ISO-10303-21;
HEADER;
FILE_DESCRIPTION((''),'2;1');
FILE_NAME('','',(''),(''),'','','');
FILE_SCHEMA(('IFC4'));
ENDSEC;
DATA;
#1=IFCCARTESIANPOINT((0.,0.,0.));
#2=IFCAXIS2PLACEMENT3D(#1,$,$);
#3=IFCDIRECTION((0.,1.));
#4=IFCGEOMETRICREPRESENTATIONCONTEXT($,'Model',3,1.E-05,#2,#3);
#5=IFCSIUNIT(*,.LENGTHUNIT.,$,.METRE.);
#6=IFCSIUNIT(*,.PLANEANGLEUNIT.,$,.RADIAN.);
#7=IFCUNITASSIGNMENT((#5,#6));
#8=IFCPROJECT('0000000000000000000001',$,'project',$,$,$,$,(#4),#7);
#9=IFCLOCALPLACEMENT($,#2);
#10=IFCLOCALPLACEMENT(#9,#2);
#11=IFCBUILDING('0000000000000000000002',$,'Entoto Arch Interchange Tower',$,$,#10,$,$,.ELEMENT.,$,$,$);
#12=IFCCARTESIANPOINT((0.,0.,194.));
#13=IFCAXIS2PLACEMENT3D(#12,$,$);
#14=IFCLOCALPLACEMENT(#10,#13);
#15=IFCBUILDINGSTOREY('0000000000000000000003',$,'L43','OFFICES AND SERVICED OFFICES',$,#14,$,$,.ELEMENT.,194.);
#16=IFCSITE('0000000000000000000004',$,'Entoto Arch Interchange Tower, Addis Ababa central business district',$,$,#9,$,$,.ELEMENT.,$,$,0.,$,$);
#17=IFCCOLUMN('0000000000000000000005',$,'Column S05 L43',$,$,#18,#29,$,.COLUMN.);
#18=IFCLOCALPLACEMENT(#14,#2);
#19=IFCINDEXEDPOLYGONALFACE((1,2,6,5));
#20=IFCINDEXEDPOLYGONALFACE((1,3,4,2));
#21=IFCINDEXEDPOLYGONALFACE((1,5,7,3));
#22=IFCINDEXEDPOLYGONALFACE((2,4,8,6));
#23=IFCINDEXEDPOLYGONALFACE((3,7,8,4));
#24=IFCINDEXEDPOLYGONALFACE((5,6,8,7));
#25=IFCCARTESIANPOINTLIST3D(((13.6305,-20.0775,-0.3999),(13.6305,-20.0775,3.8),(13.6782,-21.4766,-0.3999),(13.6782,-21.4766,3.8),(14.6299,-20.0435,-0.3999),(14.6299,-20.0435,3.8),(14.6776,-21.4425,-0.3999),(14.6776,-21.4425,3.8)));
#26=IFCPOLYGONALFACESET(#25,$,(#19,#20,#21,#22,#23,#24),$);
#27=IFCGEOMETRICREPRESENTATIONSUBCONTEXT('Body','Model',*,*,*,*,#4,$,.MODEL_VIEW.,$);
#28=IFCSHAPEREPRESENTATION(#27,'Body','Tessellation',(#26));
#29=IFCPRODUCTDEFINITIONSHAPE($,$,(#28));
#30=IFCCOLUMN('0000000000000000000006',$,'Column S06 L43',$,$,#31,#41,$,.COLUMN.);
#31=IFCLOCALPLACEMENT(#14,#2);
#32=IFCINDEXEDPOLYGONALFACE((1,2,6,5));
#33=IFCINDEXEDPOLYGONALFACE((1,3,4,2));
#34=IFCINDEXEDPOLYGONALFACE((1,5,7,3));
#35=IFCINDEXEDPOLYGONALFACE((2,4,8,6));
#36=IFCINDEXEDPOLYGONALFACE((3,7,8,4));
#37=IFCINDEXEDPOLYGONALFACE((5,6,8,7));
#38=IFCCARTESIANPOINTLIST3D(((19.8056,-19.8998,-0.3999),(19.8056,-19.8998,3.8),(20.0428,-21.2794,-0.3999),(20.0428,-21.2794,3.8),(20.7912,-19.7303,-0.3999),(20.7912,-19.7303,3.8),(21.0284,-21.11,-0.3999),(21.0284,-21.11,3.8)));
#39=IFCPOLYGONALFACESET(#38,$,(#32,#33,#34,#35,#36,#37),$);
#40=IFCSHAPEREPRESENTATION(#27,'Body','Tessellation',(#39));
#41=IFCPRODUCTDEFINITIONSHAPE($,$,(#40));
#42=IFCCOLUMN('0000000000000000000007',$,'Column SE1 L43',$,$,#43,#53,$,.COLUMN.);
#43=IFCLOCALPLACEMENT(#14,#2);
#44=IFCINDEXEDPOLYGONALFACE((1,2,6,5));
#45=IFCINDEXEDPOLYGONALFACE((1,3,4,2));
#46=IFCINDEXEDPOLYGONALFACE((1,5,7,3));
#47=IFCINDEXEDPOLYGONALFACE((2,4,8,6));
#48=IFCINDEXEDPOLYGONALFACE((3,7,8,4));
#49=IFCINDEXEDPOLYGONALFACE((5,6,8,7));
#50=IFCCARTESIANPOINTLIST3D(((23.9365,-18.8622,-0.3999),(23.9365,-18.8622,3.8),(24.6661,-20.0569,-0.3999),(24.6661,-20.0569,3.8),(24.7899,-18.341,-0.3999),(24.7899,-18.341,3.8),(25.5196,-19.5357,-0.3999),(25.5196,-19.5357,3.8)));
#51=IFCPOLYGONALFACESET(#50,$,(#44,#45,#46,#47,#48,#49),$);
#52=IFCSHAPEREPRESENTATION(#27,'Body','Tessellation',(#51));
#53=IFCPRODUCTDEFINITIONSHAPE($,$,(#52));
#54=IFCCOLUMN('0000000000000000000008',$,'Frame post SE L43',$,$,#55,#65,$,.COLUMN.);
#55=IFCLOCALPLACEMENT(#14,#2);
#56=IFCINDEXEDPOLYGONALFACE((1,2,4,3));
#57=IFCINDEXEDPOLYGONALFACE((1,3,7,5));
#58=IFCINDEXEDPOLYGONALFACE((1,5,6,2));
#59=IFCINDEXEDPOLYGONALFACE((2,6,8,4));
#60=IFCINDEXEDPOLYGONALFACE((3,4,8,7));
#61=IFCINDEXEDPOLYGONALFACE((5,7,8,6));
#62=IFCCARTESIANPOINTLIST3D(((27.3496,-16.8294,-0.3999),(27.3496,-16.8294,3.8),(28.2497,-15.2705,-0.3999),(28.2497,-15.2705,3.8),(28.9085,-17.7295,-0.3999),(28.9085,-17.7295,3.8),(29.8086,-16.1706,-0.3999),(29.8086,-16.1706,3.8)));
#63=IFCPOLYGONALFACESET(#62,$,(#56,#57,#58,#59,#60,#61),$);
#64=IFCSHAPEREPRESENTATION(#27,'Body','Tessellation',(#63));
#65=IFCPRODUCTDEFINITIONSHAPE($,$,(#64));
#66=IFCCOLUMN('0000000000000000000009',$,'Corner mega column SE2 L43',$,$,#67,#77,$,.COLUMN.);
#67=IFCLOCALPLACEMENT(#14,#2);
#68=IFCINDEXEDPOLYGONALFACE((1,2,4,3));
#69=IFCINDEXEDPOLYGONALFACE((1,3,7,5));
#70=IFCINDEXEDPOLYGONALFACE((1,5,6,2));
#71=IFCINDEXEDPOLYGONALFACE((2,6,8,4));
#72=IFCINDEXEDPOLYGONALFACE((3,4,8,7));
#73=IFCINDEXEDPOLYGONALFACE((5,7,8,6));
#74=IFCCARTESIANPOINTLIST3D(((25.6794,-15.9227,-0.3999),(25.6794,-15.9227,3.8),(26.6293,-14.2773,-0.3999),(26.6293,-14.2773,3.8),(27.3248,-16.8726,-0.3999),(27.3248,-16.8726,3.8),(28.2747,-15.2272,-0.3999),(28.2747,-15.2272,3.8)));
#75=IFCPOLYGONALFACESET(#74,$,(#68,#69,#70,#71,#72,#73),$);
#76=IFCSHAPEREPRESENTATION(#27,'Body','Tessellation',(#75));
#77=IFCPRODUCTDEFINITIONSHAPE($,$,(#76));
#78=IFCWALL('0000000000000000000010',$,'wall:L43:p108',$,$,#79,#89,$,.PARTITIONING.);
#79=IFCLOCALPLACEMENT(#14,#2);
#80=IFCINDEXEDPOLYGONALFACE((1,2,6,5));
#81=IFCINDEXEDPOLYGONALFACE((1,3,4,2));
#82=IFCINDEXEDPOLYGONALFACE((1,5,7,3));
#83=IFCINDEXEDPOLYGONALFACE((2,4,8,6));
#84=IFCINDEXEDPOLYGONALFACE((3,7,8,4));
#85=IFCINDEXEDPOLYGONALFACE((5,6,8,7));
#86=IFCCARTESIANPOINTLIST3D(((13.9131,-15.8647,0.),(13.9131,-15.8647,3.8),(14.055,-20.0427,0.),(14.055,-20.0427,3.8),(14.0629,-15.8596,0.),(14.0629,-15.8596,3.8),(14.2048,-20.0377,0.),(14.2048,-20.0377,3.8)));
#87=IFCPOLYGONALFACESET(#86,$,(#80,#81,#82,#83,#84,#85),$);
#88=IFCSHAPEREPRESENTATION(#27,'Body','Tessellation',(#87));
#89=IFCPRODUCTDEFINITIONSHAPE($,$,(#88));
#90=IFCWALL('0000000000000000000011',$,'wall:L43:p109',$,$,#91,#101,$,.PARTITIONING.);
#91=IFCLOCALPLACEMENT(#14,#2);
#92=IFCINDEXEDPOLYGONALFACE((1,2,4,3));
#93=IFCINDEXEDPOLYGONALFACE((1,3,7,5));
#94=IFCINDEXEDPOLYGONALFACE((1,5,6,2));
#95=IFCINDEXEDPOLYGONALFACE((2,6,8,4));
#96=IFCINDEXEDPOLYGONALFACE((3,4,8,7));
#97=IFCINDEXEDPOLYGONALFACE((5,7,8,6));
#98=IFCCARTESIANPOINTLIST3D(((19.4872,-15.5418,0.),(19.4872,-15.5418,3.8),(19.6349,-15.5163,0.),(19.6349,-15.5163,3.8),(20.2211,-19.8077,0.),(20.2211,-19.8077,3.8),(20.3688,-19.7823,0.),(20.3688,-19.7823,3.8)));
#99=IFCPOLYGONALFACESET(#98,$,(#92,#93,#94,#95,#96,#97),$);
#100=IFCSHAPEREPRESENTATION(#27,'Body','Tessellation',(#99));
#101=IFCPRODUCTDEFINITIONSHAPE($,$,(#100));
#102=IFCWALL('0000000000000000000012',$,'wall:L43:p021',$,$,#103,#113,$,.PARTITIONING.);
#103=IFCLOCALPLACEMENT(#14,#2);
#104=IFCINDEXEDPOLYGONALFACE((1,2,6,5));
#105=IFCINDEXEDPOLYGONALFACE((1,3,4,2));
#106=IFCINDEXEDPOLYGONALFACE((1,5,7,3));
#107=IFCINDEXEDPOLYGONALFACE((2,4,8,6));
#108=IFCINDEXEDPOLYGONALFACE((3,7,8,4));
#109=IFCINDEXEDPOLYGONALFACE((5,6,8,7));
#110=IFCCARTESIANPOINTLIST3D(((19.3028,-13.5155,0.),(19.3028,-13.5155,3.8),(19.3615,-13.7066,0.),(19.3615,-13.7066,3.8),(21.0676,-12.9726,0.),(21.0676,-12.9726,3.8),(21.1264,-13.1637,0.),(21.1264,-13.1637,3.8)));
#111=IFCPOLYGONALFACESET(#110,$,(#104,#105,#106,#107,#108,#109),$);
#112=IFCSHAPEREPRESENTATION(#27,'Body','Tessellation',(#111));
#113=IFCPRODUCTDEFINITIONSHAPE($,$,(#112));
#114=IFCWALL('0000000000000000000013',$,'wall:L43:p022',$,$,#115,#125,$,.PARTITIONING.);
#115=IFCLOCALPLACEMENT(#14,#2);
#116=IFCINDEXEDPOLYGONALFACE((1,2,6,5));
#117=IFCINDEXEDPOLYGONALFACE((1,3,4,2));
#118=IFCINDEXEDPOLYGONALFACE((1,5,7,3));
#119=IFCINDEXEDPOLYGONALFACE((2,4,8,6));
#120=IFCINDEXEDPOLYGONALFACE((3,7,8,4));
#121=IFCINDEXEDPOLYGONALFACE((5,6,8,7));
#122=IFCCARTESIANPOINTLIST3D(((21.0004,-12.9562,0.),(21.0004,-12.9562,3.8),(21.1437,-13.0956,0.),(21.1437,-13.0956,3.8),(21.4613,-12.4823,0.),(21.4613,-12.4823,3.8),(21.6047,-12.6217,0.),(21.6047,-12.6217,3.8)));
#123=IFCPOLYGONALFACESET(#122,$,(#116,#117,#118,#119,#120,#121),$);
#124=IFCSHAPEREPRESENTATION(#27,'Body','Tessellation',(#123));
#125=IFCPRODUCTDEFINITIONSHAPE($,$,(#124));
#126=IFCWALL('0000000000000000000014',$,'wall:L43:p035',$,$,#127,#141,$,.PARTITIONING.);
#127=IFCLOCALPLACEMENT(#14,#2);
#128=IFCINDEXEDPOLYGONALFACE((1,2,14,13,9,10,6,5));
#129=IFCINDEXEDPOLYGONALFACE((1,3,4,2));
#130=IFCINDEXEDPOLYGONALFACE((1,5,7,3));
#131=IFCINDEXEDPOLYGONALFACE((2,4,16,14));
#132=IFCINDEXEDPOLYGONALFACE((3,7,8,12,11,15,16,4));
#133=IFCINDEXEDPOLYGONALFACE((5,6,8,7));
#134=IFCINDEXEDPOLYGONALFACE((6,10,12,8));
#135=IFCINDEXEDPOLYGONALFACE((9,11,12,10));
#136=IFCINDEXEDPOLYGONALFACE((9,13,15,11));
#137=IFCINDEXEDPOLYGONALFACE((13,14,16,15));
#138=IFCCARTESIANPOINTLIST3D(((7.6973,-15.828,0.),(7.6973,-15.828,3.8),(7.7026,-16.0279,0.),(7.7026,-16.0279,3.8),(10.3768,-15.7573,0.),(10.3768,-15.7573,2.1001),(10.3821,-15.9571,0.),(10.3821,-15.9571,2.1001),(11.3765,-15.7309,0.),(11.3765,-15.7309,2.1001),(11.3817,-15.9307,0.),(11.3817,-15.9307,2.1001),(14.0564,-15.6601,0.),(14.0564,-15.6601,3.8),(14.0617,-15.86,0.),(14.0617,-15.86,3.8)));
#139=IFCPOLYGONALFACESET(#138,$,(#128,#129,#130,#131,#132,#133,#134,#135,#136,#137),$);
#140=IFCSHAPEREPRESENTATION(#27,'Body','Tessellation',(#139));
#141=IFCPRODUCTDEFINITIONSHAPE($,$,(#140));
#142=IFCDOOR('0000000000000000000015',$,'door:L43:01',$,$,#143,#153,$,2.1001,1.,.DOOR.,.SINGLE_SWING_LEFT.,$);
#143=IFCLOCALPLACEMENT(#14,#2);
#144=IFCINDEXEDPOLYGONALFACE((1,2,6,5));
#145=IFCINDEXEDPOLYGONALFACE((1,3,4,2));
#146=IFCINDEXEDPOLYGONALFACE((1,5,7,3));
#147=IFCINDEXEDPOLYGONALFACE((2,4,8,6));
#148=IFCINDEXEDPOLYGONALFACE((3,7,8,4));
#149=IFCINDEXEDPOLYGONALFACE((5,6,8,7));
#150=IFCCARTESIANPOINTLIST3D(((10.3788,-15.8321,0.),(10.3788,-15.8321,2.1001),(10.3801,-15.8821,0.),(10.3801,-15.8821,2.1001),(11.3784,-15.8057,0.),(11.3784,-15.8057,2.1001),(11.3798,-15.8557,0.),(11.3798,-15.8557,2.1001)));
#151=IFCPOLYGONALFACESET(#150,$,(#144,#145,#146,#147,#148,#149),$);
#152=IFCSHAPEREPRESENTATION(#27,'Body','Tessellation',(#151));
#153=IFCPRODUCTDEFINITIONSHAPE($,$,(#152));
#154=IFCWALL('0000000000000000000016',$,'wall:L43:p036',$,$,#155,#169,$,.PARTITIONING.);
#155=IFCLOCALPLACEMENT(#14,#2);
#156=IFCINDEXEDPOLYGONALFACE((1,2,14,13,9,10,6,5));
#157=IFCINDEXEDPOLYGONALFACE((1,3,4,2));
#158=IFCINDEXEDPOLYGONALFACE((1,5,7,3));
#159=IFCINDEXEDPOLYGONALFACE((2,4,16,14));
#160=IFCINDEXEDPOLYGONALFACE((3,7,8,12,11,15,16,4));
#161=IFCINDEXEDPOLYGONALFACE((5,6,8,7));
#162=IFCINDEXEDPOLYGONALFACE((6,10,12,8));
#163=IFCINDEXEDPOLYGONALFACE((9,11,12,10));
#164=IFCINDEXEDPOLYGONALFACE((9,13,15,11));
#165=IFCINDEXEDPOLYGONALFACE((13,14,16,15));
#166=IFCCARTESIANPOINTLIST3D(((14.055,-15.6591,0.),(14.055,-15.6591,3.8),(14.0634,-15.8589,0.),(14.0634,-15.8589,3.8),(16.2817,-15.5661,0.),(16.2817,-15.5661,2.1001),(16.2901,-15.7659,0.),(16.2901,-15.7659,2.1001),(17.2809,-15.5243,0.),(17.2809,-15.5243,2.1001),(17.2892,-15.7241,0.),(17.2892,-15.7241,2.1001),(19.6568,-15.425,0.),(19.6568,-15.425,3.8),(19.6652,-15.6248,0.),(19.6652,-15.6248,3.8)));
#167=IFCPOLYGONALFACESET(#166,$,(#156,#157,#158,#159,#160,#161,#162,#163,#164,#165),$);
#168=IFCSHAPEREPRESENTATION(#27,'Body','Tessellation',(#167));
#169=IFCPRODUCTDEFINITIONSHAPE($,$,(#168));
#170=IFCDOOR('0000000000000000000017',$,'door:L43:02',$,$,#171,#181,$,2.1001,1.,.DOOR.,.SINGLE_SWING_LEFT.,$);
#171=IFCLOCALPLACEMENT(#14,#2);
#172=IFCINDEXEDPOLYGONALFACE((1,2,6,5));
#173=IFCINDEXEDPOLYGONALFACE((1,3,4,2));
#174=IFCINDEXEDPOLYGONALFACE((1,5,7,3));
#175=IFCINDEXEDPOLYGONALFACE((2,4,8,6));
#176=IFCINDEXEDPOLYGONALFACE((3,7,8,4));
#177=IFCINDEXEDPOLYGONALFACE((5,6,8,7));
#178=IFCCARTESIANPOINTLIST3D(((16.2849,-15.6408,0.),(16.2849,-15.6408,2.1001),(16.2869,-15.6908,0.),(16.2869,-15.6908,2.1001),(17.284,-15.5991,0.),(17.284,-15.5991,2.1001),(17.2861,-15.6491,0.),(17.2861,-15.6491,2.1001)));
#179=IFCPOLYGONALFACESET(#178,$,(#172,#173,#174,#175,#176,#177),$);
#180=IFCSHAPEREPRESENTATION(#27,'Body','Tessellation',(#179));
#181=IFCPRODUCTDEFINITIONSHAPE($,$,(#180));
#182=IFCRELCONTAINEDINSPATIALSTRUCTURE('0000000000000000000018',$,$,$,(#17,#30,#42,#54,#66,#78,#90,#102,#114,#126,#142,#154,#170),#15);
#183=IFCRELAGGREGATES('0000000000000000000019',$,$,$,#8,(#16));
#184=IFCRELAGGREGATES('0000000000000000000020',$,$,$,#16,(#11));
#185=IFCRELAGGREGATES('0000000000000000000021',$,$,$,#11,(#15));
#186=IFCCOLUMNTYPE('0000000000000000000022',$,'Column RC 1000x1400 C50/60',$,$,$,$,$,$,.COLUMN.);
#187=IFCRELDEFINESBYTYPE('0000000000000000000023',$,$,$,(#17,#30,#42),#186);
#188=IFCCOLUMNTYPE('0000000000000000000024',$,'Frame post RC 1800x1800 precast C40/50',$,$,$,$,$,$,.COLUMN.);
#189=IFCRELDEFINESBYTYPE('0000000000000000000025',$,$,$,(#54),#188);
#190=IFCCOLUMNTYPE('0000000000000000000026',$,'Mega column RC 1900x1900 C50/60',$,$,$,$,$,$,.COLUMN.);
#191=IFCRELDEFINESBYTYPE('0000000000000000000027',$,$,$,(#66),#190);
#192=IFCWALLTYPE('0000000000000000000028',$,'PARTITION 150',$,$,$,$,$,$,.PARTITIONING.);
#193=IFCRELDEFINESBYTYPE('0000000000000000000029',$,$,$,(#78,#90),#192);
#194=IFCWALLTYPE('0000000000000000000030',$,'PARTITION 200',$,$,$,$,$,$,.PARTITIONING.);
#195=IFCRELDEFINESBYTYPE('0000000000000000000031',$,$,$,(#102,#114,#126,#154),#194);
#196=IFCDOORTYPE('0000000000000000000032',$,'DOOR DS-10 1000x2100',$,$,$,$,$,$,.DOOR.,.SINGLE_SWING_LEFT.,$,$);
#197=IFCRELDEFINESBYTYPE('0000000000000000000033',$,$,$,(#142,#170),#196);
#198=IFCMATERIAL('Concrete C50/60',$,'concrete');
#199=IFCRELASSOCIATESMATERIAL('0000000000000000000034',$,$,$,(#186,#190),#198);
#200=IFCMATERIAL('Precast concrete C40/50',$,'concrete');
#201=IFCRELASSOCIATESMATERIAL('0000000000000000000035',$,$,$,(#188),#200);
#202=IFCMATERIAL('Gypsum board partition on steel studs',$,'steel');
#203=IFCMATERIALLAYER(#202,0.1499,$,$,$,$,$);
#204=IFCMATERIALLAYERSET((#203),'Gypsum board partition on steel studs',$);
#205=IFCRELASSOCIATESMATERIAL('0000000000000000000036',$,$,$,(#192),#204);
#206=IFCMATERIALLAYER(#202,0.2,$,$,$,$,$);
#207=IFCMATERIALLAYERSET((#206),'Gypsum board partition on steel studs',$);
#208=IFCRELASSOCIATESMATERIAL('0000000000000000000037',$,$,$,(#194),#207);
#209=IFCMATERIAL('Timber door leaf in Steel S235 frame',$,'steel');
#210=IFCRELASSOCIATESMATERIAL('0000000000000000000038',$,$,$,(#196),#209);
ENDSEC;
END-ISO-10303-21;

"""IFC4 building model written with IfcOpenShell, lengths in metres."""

from ifc_helpers import new_model, si_unit, direction, frame, frame_2d, origin, origin_2d, place, context, subcontext, project, spatial, rectangle, extrude, material, layer, layer_set, material_profile, profile_set, type_object, element, fill, save


model = new_model("IFC4")

# Units and contexts
model_context = context("Model", 3, precision=1e-05, world=origin(), true_north=direction((0.0, 1.0)))
body_context = subcontext(model_context, "Body", "Model", "MODEL_VIEW")
ifc_project = project(units=[si_unit("LENGTHUNIT", "METRE"), si_unit("PLANEANGLEUNIT", "RADIAN")], contexts=[model_context])

# Site, building, storey
site_placement = place(None, origin())
site = spatial("IfcSite", under=ifc_project, at=site_placement, Name="Entoto Arch Interchange Tower, Addis Ababa central business district", CompositionType="ELEMENT", RefElevation=0.0)
building_placement = place(site_placement, origin())
building = spatial("IfcBuilding", under=site, at=building_placement, Name="Entoto Arch Interchange Tower", CompositionType="ELEMENT")
storey_placement = place(building_placement, frame((0.0, 0.0, 194.0)))
storey = spatial("IfcBuildingStorey", under=building, at=storey_placement, Name="L43", Description="OFFICES AND SERVICED OFFICES", CompositionType="ELEMENT", Elevation=194.0)

# Columns
ifc_material_1 = material(Name="Concrete C50/60", Category="concrete")
ifc_material_profile_1 = material_profile(ifc_material_1, rectangle(XDim=1.0, YDim=1.3999, at=origin_2d()))
ifc_profile_set_1 = profile_set([ifc_material_profile_1], Name="Concrete C50/60")
column_type_1 = type_object("IfcColumnType", Name="Column RC 1000x1400 C50/60", PredefinedType="COLUMN", material=ifc_profile_set_1)
for number, where, z_axis, x_axis, name in (
    (1, (14.1541, -20.76, -0.3999), (0.0, 0.0, 1.0), (0.999421, 0.034027, 0.0), "Column S05 L43"),
    (2, (20.417, -20.5049, -0.3999), (0.0, 0.0, 1.0), (0.985541, 0.169436, 0.0), "Column S06 L43"),
    (3, (24.728, -19.199, -0.3999), (0.0, 0.0, 1.0), (0.853423, 0.521218, 0.0), "Column SE1 L43"),
):
    element("IfcColumn", number, at=place(storey_placement, frame(where, z_axis=z_axis, x_axis=x_axis)), inside=storey, type_object=column_type_1, Name=name, PredefinedType="COLUMN", context=body_context, shape_type="SweptSolid", body=[
        extrude(rectangle(XDim=1.0, YDim=1.3999, at=origin_2d()), origin(), (0.0, 0.0, 1.0), 4.2),
    ])
ifc_material_2 = material(Name="Precast concrete C40/50", Category="concrete")
ifc_material_profile_2 = material_profile(ifc_material_2, rectangle(XDim=1.8, YDim=1.8, at=origin_2d()))
ifc_profile_set_2 = profile_set([ifc_material_profile_2], Name="Precast concrete C40/50")
column_type_2 = type_object("IfcColumnType", Name="Frame post RC 1800x1800 precast C40/50", PredefinedType="COLUMN", material=ifc_profile_set_2)
column_1_placement = place(storey_placement, frame((28.5791, -16.5, -0.3999), z_axis=(0.0, 0.0, 1.0), x_axis=(-0.866025, 0.5, 0.0)))
element("IfcColumn", 4, at=column_1_placement, inside=storey, type_object=column_type_2, Name="Frame post SE L43", PredefinedType="COLUMN", context=body_context, shape_type="SweptSolid", body=[
    extrude(rectangle(XDim=1.8, YDim=1.8, at=origin_2d()), origin(), (0.0, 0.0, 1.0), 4.2),
])
ifc_material_profile_3 = material_profile(ifc_material_1, rectangle(XDim=1.8999, YDim=1.8999, at=origin_2d()))
ifc_profile_set_3 = profile_set([ifc_material_profile_3], Name="Concrete C50/60")
column_type_3 = type_object("IfcColumnType", Name="Mega column RC 1900x1900 C50/60", PredefinedType="COLUMN", material=ifc_profile_set_3)
column_2_placement = place(storey_placement, frame((26.9771, -15.575, -0.3999), z_axis=(0.0, 0.0, 1.0), x_axis=(-0.866025, 0.5, 0.0)))
element("IfcColumn", 5, at=column_2_placement, inside=storey, type_object=column_type_3, Name="Corner mega column SE2 L43", PredefinedType="COLUMN", context=body_context, shape_type="SweptSolid", body=[
    extrude(rectangle(XDim=1.8999, YDim=1.8999, at=origin_2d()), origin(), (0.0, 0.0, 1.0), 4.2),
])

# Walls
ifc_material_3 = material(Name="Gypsum board partition on steel studs", Category="steel")
ifc_layer_1 = layer(ifc_material_3, 0.1499)
ifc_layer_set_1 = layer_set([ifc_layer_1], Name="Gypsum board partition on steel studs")
wall_type_1 = type_object("IfcWallType", Name="PARTITION 150", PredefinedType="PARTITIONING", material=ifc_layer_set_1)
wall_1_placement = place(storey_placement, frame((13.988, -15.8621, 0.0), z_axis=(0.0, 0.0, 1.0), x_axis=(0.033931, -0.999424, 0.0)))
element("IfcWall", 6, at=wall_1_placement, inside=storey, type_object=wall_type_1, Name="wall:L43:p108", PredefinedType="PARTITIONING", context=body_context, shape_type="SweptSolid", body=[
    extrude(rectangle(XDim=4.1804, YDim=0.1499, at=frame_2d((2.0903, 0.0))), origin(), (0.0, 0.0, 1.0), 3.8),
])
wall_2_placement = place(storey_placement, frame((19.561, -15.5291, 0.0), z_axis=(0.0, 0.0, 1.0), x_axis=(0.169546, -0.985522, 0.0)))
element("IfcWall", 7, at=wall_2_placement, inside=storey, type_object=wall_type_1, Name="wall:L43:p109", PredefinedType="PARTITIONING", context=body_context, shape_type="SweptSolid", body=[
    extrude(rectangle(XDim=4.3286, YDim=0.1499, at=frame_2d((2.1643, 0.0))), origin(), (0.0, 0.0, 1.0), 3.8),
])
ifc_layer_2 = layer(ifc_material_3, 0.2)
ifc_layer_set_2 = layer_set([ifc_layer_2], Name="Gypsum board partition on steel studs")
wall_type_2 = type_object("IfcWallType", Name="PARTITION 200", PredefinedType="PARTITIONING", material=ifc_layer_set_2)
wall_3_placement = place(storey_placement, frame((19.332, -13.6111, 0.0), z_axis=(0.0, 0.0, 1.0), x_axis=(0.95579, 0.294049, 0.0)))
element("IfcWall", 8, at=wall_3_placement, inside=storey, type_object=wall_type_2, Name="wall:L43:p021", PredefinedType="PARTITIONING", context=body_context, shape_type="SweptSolid", body=[
    extrude(rectangle(XDim=1.8464, YDim=0.2, at=frame_2d((0.9233, 0.0))), origin(), (0.0, 0.0, 1.0), 3.8),
])
wall_4_placement = place(storey_placement, frame((21.072, -13.0259, 0.0), z_axis=(0.0, 0.0, 1.0), x_axis=(0.697252, 0.716826, 0.0)))
element("IfcWall", 9, at=wall_4_placement, inside=storey, type_object=wall_type_2, Name="wall:L43:p022", PredefinedType="PARTITIONING", context=body_context, shape_type="SweptSolid", body=[
    extrude(rectangle(XDim=0.6611, YDim=0.2, at=frame_2d((0.3306, 0.0))), origin(), (0.0, 0.0, 1.0), 3.8),
])

# Walls, openings, doors
wall_5_placement = place(storey_placement, frame((14.0591, -15.76, 0.0), z_axis=(0.0, 0.0, 1.0), x_axis=(-0.999651, -0.026405, 0.0)))
wall_5 = element("IfcWall", 10, at=wall_5_placement, inside=storey, type_object=wall_type_2, Name="wall:L43:p035", PredefinedType="PARTITIONING", context=body_context, shape_type="SweptSolid", body=[
    extrude(rectangle(XDim=6.3613, YDim=0.2, at=frame_2d((3.1807, 0.0))), origin(), (0.0, 0.0, 1.0), 3.8),
])
opening_1_placement = place(wall_5_placement, frame((2.6809, 0.0, 0.0)))
opening_1 = element("IfcOpeningElement", 11, at=opening_1_placement, cuts=wall_5, PredefinedType="OPENING", context=body_context, shape_type="SweptSolid", body=[
    extrude(rectangle(XDim=1.0, YDim=2.1001, at=frame_2d((0.5, 1.05))), frame((0.0, 0.1099, 0.0), z_axis=(0.0, -1.0, 0.0), x_axis=(1.0, 0.0, 0.0)), (0.0, 0.0, 1.0), 0.22),
])
ifc_material_4 = material(Name="Timber door leaf in Steel S235 frame", Category="steel")
door_type = type_object("IfcDoorType", Name="DOOR DS-10 1000x2100", OperationType="SINGLE_SWING_LEFT", PredefinedType="DOOR", material=ifc_material_4)
door_1_placement = place(opening_1_placement, origin())
door_1 = element("IfcDoor", 12, at=door_1_placement, inside=storey, type_object=door_type, Name="door:L43:01", OperationType="SINGLE_SWING_LEFT", OverallHeight=2.1001, OverallWidth=1.0, PredefinedType="DOOR", context=body_context, shape_type="SweptSolid", body=[
    extrude(rectangle(XDim=1.0, YDim=2.1001, at=frame_2d((0.5, 1.05))), frame((0.0, 0.0249, 0.0), z_axis=(0.0, -1.0, 0.0), x_axis=(1.0, 0.0, 0.0)), (0.0, 0.0, 1.0), 0.05),
])
fill(opening_1, door_1)
wall_6_placement = place(storey_placement, frame((19.6609, -15.5249, 0.0), z_axis=(0.0, 0.0, 1.0), x_axis=(-0.999128, -0.041759, 0.0)))
wall_6 = element("IfcWall", 13, at=wall_6_placement, inside=storey, type_object=wall_type_2, Name="wall:L43:p036", PredefinedType="PARTITIONING", context=body_context, shape_type="SweptSolid", body=[
    extrude(rectangle(XDim=5.6067, YDim=0.2, at=frame_2d((2.8032, 0.0))), origin(), (0.0, 0.0, 1.0), 3.8),
])
opening_2_placement = place(wall_6_placement, frame((2.3779, 0.0, 0.0)))
opening_2 = element("IfcOpeningElement", 14, at=opening_2_placement, cuts=wall_6, PredefinedType="OPENING", context=body_context, shape_type="SweptSolid", body=[
    extrude(rectangle(XDim=1.0, YDim=2.1001, at=frame_2d((0.5, 1.05))), frame((0.0, 0.1099, 0.0), z_axis=(0.0, -1.0, 0.0), x_axis=(1.0, 0.0, 0.0)), (0.0, 0.0, 1.0), 0.22),
])
door_2_placement = place(opening_2_placement, origin())
door_2 = element("IfcDoor", 15, at=door_2_placement, inside=storey, type_object=door_type, Name="door:L43:02", OperationType="SINGLE_SWING_LEFT", OverallHeight=2.1001, OverallWidth=1.0, PredefinedType="DOOR", context=body_context, shape_type="SweptSolid", body=[
    extrude(rectangle(XDim=1.0, YDim=2.1001, at=frame_2d((0.5, 1.05))), frame((0.0, 0.0249, 0.0), z_axis=(0.0, -1.0, 0.0), x_axis=(1.0, 0.0, 0.0)), (0.0, 0.0, 1.0), 0.05),
])
fill(opening_2, door_2)

save(model, "model.ifc")
